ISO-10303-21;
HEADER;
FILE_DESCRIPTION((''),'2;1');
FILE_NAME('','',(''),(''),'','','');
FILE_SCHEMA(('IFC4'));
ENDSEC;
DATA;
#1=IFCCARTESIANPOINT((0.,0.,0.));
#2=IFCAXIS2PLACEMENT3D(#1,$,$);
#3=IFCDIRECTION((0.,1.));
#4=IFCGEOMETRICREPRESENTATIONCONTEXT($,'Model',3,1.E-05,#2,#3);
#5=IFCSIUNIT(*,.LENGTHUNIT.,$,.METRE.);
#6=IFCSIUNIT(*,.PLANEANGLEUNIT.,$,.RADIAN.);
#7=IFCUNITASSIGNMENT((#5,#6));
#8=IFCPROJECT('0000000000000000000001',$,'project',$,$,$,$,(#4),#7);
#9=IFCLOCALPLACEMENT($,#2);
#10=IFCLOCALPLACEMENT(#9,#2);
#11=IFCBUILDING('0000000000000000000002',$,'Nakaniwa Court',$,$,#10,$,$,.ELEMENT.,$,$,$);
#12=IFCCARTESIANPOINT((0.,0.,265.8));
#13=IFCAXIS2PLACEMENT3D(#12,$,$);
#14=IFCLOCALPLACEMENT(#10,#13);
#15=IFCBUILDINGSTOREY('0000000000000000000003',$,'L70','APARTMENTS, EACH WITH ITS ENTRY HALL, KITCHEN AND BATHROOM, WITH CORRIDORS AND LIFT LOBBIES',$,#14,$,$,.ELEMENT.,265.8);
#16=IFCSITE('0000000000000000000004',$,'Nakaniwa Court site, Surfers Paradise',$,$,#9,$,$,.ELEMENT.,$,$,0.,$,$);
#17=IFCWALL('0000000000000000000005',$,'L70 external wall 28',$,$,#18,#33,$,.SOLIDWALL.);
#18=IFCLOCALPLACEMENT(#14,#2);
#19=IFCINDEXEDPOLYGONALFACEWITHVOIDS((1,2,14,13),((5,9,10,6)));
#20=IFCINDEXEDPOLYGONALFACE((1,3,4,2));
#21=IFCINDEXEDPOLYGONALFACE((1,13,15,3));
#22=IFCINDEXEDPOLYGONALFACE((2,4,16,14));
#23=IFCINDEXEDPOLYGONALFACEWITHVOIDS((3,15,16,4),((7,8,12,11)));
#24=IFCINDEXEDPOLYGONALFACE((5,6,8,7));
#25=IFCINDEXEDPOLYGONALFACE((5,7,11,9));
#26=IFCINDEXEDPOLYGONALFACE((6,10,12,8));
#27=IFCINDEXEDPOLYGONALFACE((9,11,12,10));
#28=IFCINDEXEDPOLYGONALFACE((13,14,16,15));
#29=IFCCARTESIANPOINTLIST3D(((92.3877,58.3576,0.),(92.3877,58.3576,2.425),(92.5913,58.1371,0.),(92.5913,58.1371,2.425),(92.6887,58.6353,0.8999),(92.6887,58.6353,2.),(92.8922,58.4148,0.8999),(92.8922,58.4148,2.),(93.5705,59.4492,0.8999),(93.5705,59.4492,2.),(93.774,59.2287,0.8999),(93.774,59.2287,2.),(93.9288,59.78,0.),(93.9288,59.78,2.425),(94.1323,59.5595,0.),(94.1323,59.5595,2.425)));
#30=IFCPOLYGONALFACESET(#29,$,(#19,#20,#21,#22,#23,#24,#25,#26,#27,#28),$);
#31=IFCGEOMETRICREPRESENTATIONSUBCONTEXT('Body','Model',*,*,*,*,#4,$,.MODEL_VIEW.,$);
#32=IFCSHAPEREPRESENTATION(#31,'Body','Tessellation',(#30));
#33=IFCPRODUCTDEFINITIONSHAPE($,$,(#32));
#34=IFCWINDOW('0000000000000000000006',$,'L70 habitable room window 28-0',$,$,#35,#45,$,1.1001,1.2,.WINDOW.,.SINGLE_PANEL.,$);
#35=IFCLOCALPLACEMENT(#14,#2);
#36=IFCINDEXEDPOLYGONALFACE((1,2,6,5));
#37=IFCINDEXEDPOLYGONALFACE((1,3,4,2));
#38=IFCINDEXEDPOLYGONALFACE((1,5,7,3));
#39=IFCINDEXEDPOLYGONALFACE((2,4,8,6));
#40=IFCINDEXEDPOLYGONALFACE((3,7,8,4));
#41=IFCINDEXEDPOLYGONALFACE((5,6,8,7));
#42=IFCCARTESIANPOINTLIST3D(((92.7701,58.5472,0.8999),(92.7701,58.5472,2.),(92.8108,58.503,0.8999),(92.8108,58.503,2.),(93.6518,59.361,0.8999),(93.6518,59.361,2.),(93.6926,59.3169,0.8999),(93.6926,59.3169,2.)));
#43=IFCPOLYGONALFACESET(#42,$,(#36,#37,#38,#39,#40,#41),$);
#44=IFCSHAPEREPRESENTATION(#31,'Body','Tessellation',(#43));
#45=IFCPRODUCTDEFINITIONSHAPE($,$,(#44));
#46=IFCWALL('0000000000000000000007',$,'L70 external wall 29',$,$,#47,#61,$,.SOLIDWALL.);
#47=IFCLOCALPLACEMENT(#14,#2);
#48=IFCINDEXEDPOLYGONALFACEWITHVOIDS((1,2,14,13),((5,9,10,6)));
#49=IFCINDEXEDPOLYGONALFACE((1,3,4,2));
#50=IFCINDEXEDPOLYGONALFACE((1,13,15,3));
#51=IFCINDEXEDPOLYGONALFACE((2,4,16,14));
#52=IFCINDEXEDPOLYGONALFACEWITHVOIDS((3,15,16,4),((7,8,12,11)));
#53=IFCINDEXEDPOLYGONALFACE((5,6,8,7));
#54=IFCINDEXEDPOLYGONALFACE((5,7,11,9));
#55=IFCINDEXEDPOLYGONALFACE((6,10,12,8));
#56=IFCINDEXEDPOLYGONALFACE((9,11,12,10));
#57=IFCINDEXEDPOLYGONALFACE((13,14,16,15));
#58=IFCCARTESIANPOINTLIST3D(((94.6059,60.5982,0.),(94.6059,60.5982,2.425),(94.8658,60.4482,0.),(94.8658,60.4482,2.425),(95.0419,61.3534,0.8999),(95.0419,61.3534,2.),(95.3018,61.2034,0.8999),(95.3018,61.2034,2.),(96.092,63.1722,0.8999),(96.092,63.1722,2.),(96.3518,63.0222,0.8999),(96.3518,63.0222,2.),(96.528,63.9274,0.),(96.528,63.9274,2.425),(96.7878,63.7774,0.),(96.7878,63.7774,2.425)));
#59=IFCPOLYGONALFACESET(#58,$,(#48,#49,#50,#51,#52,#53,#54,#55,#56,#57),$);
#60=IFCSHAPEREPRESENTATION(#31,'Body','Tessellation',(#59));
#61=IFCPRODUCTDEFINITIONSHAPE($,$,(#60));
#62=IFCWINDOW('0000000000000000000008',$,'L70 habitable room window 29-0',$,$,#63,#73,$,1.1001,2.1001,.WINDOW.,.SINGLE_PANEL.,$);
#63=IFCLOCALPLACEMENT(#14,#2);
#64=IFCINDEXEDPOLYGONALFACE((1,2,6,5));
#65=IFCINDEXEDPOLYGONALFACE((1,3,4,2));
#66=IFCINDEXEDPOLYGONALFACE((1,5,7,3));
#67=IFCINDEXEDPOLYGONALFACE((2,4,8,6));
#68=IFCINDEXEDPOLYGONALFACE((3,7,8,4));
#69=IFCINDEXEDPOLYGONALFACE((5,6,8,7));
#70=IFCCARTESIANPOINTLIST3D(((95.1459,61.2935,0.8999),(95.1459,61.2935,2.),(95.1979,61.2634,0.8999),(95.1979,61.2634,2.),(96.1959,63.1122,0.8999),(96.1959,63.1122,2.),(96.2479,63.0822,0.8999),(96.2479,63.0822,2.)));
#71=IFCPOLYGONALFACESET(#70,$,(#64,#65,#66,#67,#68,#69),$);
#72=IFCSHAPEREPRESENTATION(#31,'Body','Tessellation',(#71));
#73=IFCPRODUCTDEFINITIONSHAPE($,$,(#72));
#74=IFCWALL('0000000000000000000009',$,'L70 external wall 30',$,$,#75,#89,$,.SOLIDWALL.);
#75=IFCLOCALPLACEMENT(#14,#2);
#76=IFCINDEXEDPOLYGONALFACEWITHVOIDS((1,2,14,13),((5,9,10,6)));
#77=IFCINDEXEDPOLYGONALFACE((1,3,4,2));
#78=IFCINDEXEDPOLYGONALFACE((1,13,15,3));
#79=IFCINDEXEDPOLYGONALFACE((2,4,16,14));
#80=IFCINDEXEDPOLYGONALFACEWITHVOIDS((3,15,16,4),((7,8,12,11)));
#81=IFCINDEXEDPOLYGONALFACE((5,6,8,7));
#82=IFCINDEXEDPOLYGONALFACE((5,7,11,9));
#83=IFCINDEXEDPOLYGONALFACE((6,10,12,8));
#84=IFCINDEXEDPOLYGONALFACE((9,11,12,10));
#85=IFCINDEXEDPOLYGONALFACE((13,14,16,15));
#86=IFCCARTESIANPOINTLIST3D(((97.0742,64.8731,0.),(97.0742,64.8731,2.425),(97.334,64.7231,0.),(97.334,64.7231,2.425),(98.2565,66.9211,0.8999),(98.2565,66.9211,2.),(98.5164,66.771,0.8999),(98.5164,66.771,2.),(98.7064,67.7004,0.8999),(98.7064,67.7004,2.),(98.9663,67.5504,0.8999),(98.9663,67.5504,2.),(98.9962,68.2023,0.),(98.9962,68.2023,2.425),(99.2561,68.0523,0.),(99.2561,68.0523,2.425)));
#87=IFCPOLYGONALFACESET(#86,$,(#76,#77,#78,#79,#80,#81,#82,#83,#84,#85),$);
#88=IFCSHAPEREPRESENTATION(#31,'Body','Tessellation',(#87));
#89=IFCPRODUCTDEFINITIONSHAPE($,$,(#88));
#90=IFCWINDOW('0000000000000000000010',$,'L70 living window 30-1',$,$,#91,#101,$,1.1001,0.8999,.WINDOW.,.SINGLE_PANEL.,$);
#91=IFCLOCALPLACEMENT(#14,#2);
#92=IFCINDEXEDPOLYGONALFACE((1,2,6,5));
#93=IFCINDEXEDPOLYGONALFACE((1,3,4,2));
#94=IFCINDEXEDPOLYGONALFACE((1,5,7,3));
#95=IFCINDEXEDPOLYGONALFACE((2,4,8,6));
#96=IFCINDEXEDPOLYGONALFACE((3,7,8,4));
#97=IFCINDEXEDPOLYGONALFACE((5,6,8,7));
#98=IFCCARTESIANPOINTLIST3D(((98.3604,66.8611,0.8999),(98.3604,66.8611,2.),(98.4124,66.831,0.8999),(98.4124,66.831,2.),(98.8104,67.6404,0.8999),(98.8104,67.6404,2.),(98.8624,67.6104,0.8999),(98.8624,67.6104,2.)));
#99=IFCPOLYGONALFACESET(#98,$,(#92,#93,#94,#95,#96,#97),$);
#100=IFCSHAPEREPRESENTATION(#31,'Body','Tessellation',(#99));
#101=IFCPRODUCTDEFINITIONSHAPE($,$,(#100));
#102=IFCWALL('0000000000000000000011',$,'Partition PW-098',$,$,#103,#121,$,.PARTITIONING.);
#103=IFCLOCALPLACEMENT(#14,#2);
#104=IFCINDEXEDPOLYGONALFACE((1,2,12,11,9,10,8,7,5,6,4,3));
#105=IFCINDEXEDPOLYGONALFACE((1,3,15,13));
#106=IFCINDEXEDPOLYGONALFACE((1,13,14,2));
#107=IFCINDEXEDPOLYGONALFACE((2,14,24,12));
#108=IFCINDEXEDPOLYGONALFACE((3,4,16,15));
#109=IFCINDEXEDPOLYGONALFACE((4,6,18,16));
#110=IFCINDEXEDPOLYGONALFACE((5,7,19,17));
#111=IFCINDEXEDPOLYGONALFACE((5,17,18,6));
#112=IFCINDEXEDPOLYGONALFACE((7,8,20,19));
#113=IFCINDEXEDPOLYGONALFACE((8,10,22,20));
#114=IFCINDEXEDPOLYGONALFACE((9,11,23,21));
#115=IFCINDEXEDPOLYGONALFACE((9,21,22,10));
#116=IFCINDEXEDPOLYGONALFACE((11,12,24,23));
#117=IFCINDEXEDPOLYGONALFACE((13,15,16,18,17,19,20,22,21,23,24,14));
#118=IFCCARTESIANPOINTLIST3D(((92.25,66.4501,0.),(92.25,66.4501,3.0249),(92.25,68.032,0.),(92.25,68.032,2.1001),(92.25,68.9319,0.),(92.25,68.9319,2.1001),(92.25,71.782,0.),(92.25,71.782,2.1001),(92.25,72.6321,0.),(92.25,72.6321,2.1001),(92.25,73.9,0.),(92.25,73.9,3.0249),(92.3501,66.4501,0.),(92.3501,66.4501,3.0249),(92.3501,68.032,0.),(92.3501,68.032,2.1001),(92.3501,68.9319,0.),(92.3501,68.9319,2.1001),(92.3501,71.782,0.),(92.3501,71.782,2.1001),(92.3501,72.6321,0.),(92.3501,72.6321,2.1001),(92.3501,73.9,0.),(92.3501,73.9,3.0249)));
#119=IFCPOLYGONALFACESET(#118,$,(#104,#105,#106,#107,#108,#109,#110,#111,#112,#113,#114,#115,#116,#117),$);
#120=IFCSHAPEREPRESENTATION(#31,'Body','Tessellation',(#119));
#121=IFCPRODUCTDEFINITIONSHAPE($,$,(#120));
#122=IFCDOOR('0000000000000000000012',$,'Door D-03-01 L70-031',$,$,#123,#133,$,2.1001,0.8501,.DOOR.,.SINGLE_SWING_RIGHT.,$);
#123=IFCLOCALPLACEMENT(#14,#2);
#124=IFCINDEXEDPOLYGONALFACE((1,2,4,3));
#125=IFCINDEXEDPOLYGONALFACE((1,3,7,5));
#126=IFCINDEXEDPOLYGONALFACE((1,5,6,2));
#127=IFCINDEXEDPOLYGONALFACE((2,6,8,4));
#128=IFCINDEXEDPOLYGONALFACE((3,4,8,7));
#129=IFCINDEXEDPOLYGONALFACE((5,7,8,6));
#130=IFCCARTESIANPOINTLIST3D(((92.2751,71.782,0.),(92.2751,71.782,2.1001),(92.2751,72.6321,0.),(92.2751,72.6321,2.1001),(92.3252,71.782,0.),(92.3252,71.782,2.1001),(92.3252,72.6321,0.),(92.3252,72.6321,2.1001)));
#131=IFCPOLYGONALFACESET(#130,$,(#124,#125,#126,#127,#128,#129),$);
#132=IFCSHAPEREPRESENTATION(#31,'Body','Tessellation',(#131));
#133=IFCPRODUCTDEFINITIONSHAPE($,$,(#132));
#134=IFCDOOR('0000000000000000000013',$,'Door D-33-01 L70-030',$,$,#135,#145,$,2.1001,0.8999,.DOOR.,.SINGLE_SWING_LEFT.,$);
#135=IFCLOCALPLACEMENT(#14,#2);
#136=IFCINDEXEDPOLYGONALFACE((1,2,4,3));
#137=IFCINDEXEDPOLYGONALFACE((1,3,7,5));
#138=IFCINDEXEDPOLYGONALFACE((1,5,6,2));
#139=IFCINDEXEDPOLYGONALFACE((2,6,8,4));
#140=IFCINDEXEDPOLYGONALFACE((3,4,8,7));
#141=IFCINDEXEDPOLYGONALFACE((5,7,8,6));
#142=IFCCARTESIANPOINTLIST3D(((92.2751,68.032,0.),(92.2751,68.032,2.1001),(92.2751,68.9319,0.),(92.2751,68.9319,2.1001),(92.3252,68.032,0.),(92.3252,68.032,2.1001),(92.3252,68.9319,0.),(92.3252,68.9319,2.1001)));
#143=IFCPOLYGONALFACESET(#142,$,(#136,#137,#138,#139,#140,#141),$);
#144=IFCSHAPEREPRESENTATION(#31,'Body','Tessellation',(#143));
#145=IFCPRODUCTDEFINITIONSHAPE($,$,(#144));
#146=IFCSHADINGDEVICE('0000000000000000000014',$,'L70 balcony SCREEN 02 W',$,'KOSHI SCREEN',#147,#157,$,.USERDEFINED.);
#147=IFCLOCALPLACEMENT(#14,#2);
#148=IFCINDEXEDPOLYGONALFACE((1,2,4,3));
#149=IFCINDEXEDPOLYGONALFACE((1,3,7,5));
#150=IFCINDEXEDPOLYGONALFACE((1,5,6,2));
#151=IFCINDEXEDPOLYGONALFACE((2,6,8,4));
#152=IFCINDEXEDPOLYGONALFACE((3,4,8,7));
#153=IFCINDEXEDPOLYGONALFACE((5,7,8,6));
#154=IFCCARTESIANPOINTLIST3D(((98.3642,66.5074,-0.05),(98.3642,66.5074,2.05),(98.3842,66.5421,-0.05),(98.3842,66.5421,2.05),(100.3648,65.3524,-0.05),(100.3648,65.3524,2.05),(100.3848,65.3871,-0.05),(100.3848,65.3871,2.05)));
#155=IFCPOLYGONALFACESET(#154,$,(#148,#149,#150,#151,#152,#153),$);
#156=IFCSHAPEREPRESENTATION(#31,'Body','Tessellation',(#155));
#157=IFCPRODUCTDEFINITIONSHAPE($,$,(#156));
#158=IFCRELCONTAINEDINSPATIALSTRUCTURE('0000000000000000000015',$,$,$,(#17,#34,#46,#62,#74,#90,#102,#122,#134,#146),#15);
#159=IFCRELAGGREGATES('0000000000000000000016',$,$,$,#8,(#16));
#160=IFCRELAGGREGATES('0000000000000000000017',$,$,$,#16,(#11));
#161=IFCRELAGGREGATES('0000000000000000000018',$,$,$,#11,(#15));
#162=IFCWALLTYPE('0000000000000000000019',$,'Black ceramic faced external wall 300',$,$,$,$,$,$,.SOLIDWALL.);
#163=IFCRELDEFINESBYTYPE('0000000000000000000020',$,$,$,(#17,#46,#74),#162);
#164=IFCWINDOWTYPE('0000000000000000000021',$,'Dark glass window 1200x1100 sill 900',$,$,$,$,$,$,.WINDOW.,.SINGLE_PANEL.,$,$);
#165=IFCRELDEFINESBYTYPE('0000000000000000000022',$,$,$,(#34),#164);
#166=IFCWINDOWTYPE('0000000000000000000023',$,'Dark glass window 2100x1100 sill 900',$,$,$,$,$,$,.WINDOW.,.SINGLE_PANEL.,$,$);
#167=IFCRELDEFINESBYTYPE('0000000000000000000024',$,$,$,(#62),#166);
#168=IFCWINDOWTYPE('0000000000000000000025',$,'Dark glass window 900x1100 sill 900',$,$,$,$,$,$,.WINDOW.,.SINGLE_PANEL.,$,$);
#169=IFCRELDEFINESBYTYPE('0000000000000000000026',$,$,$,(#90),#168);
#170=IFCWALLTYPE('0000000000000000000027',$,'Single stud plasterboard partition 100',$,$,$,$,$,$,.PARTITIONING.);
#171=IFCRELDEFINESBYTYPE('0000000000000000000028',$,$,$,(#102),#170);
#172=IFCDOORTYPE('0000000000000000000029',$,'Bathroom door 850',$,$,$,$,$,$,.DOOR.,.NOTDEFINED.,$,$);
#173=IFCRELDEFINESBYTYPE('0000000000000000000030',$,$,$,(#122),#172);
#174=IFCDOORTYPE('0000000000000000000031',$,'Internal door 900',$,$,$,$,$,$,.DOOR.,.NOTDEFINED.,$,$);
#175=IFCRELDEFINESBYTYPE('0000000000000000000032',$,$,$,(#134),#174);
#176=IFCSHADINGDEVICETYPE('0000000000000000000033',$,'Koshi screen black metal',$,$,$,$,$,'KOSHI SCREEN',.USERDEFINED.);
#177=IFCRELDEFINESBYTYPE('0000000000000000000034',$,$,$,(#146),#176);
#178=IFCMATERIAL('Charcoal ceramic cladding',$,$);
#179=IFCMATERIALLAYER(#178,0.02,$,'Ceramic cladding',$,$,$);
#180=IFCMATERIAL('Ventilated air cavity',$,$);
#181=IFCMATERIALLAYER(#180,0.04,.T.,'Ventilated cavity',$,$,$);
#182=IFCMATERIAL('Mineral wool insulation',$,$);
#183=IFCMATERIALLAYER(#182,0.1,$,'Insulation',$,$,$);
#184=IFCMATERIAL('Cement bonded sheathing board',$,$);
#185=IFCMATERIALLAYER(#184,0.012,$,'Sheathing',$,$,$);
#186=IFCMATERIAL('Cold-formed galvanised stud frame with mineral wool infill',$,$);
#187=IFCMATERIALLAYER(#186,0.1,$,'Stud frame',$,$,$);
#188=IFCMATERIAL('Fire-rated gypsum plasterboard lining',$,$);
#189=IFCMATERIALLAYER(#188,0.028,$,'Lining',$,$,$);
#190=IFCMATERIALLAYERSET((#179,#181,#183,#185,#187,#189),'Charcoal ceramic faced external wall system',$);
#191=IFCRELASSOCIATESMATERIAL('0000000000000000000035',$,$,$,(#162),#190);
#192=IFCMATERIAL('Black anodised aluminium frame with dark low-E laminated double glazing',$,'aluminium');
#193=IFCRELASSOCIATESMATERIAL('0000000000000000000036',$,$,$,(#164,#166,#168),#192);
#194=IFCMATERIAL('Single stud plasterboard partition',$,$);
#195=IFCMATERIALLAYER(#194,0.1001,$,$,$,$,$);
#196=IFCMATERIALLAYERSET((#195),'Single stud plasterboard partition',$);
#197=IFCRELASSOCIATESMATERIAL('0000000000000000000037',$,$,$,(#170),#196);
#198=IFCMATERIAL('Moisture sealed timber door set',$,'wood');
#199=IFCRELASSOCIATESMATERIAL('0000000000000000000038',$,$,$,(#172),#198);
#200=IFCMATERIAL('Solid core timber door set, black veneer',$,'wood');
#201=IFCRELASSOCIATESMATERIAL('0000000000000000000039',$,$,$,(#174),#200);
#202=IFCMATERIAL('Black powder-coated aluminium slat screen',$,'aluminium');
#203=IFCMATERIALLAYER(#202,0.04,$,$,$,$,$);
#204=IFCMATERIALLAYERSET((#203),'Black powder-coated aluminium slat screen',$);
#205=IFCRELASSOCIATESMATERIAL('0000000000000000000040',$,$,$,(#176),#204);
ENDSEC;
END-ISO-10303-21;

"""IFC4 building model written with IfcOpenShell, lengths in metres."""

from ifc_helpers import new_model, si_unit, direction, frame, frame_2d, origin, origin_2d, place, context, subcontext, project, spatial, rectangle, extrude, material, layer, layer_set, type_object, element, fill, save


model = new_model("IFC4")

# Units and contexts
model_context = context("Model", 3, precision=1e-05, world=origin(), true_north=direction((0.0, 1.0)))
body_context = subcontext(model_context, "Body", "Model", "MODEL_VIEW")
ifc_project = project(units=[si_unit("LENGTHUNIT", "METRE"), si_unit("PLANEANGLEUNIT", "RADIAN")], contexts=[model_context])

# Site, building, storey
site_placement = place(None, origin())
site = spatial("IfcSite", under=ifc_project, at=site_placement, Name="Nakaniwa Court site, Surfers Paradise", CompositionType="ELEMENT", RefElevation=0.0)
building_placement = place(site_placement, origin())
building = spatial("IfcBuilding", under=site, at=building_placement, Name="Nakaniwa Court", CompositionType="ELEMENT")
storey_placement = place(building_placement, frame((0.0, 0.0, 265.8)))
storey = spatial("IfcBuildingStorey", under=building, at=storey_placement, Name="L70", Description="APARTMENTS, EACH WITH ITS ENTRY HALL, KITCHEN AND BATHROOM, WITH CORRIDORS AND LIFT LOBBIES", CompositionType="ELEMENT", Elevation=265.8)

# Walls, openings, windows
ifc_material_1 = material(Name="Charcoal ceramic cladding")
ifc_layer_1 = layer(ifc_material_1, 0.02, Name="Ceramic cladding")
ifc_material_2 = material(Name="Ventilated air cavity")
ifc_layer_2 = layer(ifc_material_2, 0.04, ventilated=True, Name="Ventilated cavity")
ifc_material_3 = material(Name="Mineral wool insulation")
ifc_layer_3 = layer(ifc_material_3, 0.1, Name="Insulation")
ifc_material_4 = material(Name="Cement bonded sheathing board")
ifc_layer_4 = layer(ifc_material_4, 0.012, Name="Sheathing")
ifc_material_5 = material(Name="Cold-formed galvanised stud frame with mineral wool infill")
ifc_layer_5 = layer(ifc_material_5, 0.1, Name="Stud frame")
ifc_material_6 = material(Name="Fire-rated gypsum plasterboard lining")
ifc_layer_6 = layer(ifc_material_6, 0.028, Name="Lining")
ifc_layer_set_1 = layer_set([ifc_layer_1, ifc_layer_2, ifc_layer_3, ifc_layer_4, ifc_layer_5, ifc_layer_6], Name="Charcoal ceramic faced external wall system")
wall_type_1 = type_object("IfcWallType", Name="Black ceramic faced external wall 300", PredefinedType="SOLIDWALL", material=ifc_layer_set_1)
ifc_material_7 = material(Name="Black anodised aluminium frame with dark low-E laminated double glazing", Category="aluminium")
window_type_1 = type_object("IfcWindowType", Name="Dark glass window 1200x1100 sill 900", PartitioningType="SINGLE_PANEL", PredefinedType="WINDOW", material=ifc_material_7)
wall_1_placement = place(storey_placement, frame((92.4895, 58.2473, 0.0), z_axis=(0.0, 0.0, 1.0), x_axis=(0.73483, 0.678251, 0.0)))
wall_1 = element("IfcWall", 1, at=wall_1_placement, inside=storey, type_object=wall_type_1, Name="L70 external wall 28", PredefinedType="SOLIDWALL", context=body_context, shape_type="SweptSolid", body=[
    extrude(rectangle(XDim=2.0972, YDim=0.3, at=frame_2d((1.0486, 0.0))), origin(), (0.0, 0.0, 1.0), 2.425),
])
opening_1_placement = place(wall_1_placement, frame((0.4094, 0.0, 0.8999)))
opening_1 = element("IfcOpeningElement", 2, at=opening_1_placement, cuts=wall_1, PredefinedType="OPENING", context=body_context, shape_type="SweptSolid", body=[
    extrude(rectangle(XDim=1.2, YDim=1.1001, at=frame_2d((0.6001, 0.55))), frame((0.0, 0.1599, 0.0), z_axis=(0.0, -1.0, 0.0), x_axis=(1.0, 0.0, 0.0)), (0.0, 0.0, 1.0), 0.3201),
])
window_1_placement = place(opening_1_placement, origin())
window_1 = element("IfcWindow", 3, at=window_1_placement, inside=storey, type_object=window_type_1, Name="L70 habitable room window 28-0", OverallHeight=1.1001, OverallWidth=1.2, PartitioningType="SINGLE_PANEL", PredefinedType="WINDOW", context=body_context, shape_type="SweptSolid", body=[
    extrude(rectangle(XDim=1.2, YDim=1.1001, at=frame_2d((0.6001, 0.55))), frame((0.0, 0.03, 0.0), z_axis=(0.0, -1.0, 0.0), x_axis=(1.0, 0.0, 0.0)), (0.0, 0.0, 1.0), 0.0601),
])
fill(opening_1, window_1)
wall_2_placement = place(storey_placement, frame((94.7358, 60.5232, 0.0), z_axis=(0.0, 0.0, 1.0), x_axis=(0.499984, 0.866034, 0.0)))
wall_2 = element("IfcWall", 4, at=wall_2_placement, inside=storey, type_object=wall_type_1, Name="L70 external wall 29", PredefinedType="SOLIDWALL", context=body_context, shape_type="SweptSolid", body=[
    extrude(rectangle(XDim=3.8442, YDim=0.3, at=frame_2d((1.9221, 0.0))), origin(), (0.0, 0.0, 1.0), 2.425),
])
opening_2_placement = place(wall_2_placement, frame((0.8721, 0.0, 0.8999)))
opening_2 = element("IfcOpeningElement", 5, at=opening_2_placement, cuts=wall_2, PredefinedType="OPENING", context=body_context, shape_type="SweptSolid", body=[
    extrude(rectangle(XDim=2.1001, YDim=1.1001, at=frame_2d((1.05, 0.55))), frame((0.0, 0.1599, 0.0), z_axis=(0.0, -1.0, 0.0), x_axis=(1.0, 0.0, 0.0)), (0.0, 0.0, 1.0), 0.3201),
])
window_type_2 = type_object("IfcWindowType", Name="Dark glass window 2100x1100 sill 900", PartitioningType="SINGLE_PANEL", PredefinedType="WINDOW", material=ifc_material_7)
window_2_placement = place(opening_2_placement, origin())
window_2 = element("IfcWindow", 6, at=window_2_placement, inside=storey, type_object=window_type_2, Name="L70 habitable room window 29-0", OverallHeight=1.1001, OverallWidth=2.1001, PartitioningType="SINGLE_PANEL", PredefinedType="WINDOW", context=body_context, shape_type="SweptSolid", body=[
    extrude(rectangle(XDim=2.1001, YDim=1.1001, at=frame_2d((1.05, 0.55))), frame((0.0, 0.03, 0.0), z_axis=(0.0, -1.0, 0.0), x_axis=(1.0, 0.0, 0.0)), (0.0, 0.0, 1.0), 0.0601),
])
fill(opening_2, window_2)
wall_3_placement = place(storey_placement, frame((97.2041, 64.7981, 0.0), z_axis=(0.0, 0.0, 1.0), x_axis=(0.499984, 0.866034, 0.0)))
wall_3 = element("IfcWall", 7, at=wall_3_placement, inside=storey, type_object=wall_type_1, Name="L70 external wall 30", PredefinedType="SOLIDWALL", context=body_context, shape_type="SweptSolid", body=[
    extrude(rectangle(XDim=3.8442, YDim=0.3, at=frame_2d((1.9221, 0.0))), origin(), (0.0, 0.0, 1.0), 2.425),
])
opening_3_placement = place(wall_3_placement, frame((2.3647, 0.0, 0.8999)))
opening_3 = element("IfcOpeningElement", 8, at=opening_3_placement, cuts=wall_3, PredefinedType="OPENING", context=body_context, shape_type="SweptSolid", body=[
    extrude(rectangle(XDim=0.8999, YDim=1.1001, at=frame_2d((0.45, 0.55))), frame((0.0, 0.1599, 0.0), z_axis=(0.0, -1.0, 0.0), x_axis=(1.0, 0.0, 0.0)), (0.0, 0.0, 1.0), 0.3201),
])
window_type_3 = type_object("IfcWindowType", Name="Dark glass window 900x1100 sill 900", PartitioningType="SINGLE_PANEL", PredefinedType="WINDOW", material=ifc_material_7)
window_3_placement = place(opening_3_placement, origin())
window_3 = element("IfcWindow", 9, at=window_3_placement, inside=storey, type_object=window_type_3, Name="L70 living window 30-1", OverallHeight=1.1001, OverallWidth=0.8999, PartitioningType="SINGLE_PANEL", PredefinedType="WINDOW", context=body_context, shape_type="SweptSolid", body=[
    extrude(rectangle(XDim=0.8999, YDim=1.1001, at=frame_2d((0.45, 0.55))), frame((0.0, 0.03, 0.0), z_axis=(0.0, -1.0, 0.0), x_axis=(1.0, 0.0, 0.0)), (0.0, 0.0, 1.0), 0.0601),
])
fill(opening_3, window_3)

# Wall, openings, doors
ifc_material_8 = material(Name="Single stud plasterboard partition")
ifc_layer_7 = layer(ifc_material_8, 0.1001)
ifc_layer_set_2 = layer_set([ifc_layer_7], Name="Single stud plasterboard partition")
wall_type_2 = type_object("IfcWallType", Name="Single stud plasterboard partition 100", PredefinedType="PARTITIONING", material=ifc_layer_set_2)
wall_4_placement = place(storey_placement, frame((92.3, 66.45, 0.0), z_axis=(0.0, 0.0, 1.0), x_axis=(0.0, 1.0, 0.0)))
wall_4 = element("IfcWall", 10, at=wall_4_placement, inside=storey, type_object=wall_type_2, Name="Partition PW-098", PredefinedType="PARTITIONING", context=body_context, shape_type="SweptSolid", body=[
    extrude(rectangle(XDim=7.45, YDim=0.1001, at=frame_2d((3.7251, 0.0))), origin(), (0.0, 0.0, 1.0), 3.0249),
])
opening_4_placement = place(wall_4_placement, frame((1.582, 0.0, 0.0)))
opening_4 = element("IfcOpeningElement", 11, at=opening_4_placement, cuts=wall_4, PredefinedType="OPENING", context=body_context, shape_type="SweptSolid", body=[
    extrude(rectangle(XDim=0.8999, YDim=2.1001, at=frame_2d((0.45, 1.05))), frame((0.0, 0.0601, 0.0), z_axis=(0.0, -1.0, 0.0), x_axis=(1.0, 0.0, 0.0)), (0.0, 0.0, 1.0), 0.1201),
])
opening_5_placement = place(wall_4_placement, frame((5.332, 0.0, 0.0)))
opening_5 = element("IfcOpeningElement", 12, at=opening_5_placement, cuts=wall_4, PredefinedType="OPENING", context=body_context, shape_type="SweptSolid", body=[
    extrude(rectangle(XDim=0.8501, YDim=2.1001, at=frame_2d((0.425, 1.05))), frame((0.0, 0.0601, 0.0), z_axis=(0.0, -1.0, 0.0), x_axis=(1.0, 0.0, 0.0)), (0.0, 0.0, 1.0), 0.1201),
])
ifc_material_9 = material(Name="Moisture sealed timber door set", Category="wood")
door_type_1 = type_object("IfcDoorType", Name="Bathroom door 850", OperationType="NOTDEFINED", PredefinedType="DOOR", material=ifc_material_9)
door_1_placement = place(opening_5_placement, origin())
door_1 = element("IfcDoor", 13, at=door_1_placement, inside=storey, type_object=door_type_1, Name="Door D-03-01 L70-031", OperationType="SINGLE_SWING_RIGHT", OverallHeight=2.1001, OverallWidth=0.8501, PredefinedType="DOOR", context=body_context, shape_type="SweptSolid", body=[
    extrude(rectangle(XDim=0.8501, YDim=2.1001, at=frame_2d((0.425, 1.05))), frame((0.0, 0.0249, 0.0), z_axis=(0.0, -1.0, 0.0), x_axis=(1.0, 0.0, 0.0)), (0.0, 0.0, 1.0), 0.05),
])
fill(opening_5, door_1)
ifc_material_10 = material(Name="Solid core timber door set, black veneer", Category="wood")
door_type_2 = type_object("IfcDoorType", Name="Internal door 900", OperationType="NOTDEFINED", PredefinedType="DOOR", material=ifc_material_10)
door_2_placement = place(opening_4_placement, origin())
door_2 = element("IfcDoor", 14, at=door_2_placement, inside=storey, type_object=door_type_2, Name="Door D-33-01 L70-030", OperationType="SINGLE_SWING_LEFT", OverallHeight=2.1001, OverallWidth=0.8999, PredefinedType="DOOR", context=body_context, shape_type="SweptSolid", body=[
    extrude(rectangle(XDim=0.8999, YDim=2.1001, at=frame_2d((0.45, 1.05))), frame((0.0, 0.0249, 0.0), z_axis=(0.0, -1.0, 0.0), x_axis=(1.0, 0.0, 0.0)), (0.0, 0.0, 1.0), 0.05),
])
fill(opening_4, door_2)

# Shading device
ifc_material_11 = material(Name="Black powder-coated aluminium slat screen", Category="aluminium")
ifc_layer_8 = layer(ifc_material_11, 0.04)
ifc_layer_set_3 = layer_set([ifc_layer_8], Name="Black powder-coated aluminium slat screen")
shading_device_type_1 = type_object("IfcShadingDeviceType", Name="Koshi screen black metal", ElementType="KOSHI SCREEN", PredefinedType="USERDEFINED", material=ifc_layer_set_3)
shading_device_placement = place(storey_placement, frame((99.3745, 65.9473, -0.05), z_axis=(0.0, 0.0, 1.0), x_axis=(0.499986, 0.866033, 0.0)))
element("IfcShadingDevice", 15, at=shading_device_placement, inside=storey, type_object=shading_device_type_1, Name="L70 balcony SCREEN 02 W", ObjectType="KOSHI SCREEN", PredefinedType="USERDEFINED", context=body_context, shape_type="SweptSolid", body=[
    extrude(rectangle(XDim=0.04, YDim=2.3101, at=origin_2d()), origin(), (0.0, 0.0, 1.0), 2.1001),
])

save(model, "model.ifc")
